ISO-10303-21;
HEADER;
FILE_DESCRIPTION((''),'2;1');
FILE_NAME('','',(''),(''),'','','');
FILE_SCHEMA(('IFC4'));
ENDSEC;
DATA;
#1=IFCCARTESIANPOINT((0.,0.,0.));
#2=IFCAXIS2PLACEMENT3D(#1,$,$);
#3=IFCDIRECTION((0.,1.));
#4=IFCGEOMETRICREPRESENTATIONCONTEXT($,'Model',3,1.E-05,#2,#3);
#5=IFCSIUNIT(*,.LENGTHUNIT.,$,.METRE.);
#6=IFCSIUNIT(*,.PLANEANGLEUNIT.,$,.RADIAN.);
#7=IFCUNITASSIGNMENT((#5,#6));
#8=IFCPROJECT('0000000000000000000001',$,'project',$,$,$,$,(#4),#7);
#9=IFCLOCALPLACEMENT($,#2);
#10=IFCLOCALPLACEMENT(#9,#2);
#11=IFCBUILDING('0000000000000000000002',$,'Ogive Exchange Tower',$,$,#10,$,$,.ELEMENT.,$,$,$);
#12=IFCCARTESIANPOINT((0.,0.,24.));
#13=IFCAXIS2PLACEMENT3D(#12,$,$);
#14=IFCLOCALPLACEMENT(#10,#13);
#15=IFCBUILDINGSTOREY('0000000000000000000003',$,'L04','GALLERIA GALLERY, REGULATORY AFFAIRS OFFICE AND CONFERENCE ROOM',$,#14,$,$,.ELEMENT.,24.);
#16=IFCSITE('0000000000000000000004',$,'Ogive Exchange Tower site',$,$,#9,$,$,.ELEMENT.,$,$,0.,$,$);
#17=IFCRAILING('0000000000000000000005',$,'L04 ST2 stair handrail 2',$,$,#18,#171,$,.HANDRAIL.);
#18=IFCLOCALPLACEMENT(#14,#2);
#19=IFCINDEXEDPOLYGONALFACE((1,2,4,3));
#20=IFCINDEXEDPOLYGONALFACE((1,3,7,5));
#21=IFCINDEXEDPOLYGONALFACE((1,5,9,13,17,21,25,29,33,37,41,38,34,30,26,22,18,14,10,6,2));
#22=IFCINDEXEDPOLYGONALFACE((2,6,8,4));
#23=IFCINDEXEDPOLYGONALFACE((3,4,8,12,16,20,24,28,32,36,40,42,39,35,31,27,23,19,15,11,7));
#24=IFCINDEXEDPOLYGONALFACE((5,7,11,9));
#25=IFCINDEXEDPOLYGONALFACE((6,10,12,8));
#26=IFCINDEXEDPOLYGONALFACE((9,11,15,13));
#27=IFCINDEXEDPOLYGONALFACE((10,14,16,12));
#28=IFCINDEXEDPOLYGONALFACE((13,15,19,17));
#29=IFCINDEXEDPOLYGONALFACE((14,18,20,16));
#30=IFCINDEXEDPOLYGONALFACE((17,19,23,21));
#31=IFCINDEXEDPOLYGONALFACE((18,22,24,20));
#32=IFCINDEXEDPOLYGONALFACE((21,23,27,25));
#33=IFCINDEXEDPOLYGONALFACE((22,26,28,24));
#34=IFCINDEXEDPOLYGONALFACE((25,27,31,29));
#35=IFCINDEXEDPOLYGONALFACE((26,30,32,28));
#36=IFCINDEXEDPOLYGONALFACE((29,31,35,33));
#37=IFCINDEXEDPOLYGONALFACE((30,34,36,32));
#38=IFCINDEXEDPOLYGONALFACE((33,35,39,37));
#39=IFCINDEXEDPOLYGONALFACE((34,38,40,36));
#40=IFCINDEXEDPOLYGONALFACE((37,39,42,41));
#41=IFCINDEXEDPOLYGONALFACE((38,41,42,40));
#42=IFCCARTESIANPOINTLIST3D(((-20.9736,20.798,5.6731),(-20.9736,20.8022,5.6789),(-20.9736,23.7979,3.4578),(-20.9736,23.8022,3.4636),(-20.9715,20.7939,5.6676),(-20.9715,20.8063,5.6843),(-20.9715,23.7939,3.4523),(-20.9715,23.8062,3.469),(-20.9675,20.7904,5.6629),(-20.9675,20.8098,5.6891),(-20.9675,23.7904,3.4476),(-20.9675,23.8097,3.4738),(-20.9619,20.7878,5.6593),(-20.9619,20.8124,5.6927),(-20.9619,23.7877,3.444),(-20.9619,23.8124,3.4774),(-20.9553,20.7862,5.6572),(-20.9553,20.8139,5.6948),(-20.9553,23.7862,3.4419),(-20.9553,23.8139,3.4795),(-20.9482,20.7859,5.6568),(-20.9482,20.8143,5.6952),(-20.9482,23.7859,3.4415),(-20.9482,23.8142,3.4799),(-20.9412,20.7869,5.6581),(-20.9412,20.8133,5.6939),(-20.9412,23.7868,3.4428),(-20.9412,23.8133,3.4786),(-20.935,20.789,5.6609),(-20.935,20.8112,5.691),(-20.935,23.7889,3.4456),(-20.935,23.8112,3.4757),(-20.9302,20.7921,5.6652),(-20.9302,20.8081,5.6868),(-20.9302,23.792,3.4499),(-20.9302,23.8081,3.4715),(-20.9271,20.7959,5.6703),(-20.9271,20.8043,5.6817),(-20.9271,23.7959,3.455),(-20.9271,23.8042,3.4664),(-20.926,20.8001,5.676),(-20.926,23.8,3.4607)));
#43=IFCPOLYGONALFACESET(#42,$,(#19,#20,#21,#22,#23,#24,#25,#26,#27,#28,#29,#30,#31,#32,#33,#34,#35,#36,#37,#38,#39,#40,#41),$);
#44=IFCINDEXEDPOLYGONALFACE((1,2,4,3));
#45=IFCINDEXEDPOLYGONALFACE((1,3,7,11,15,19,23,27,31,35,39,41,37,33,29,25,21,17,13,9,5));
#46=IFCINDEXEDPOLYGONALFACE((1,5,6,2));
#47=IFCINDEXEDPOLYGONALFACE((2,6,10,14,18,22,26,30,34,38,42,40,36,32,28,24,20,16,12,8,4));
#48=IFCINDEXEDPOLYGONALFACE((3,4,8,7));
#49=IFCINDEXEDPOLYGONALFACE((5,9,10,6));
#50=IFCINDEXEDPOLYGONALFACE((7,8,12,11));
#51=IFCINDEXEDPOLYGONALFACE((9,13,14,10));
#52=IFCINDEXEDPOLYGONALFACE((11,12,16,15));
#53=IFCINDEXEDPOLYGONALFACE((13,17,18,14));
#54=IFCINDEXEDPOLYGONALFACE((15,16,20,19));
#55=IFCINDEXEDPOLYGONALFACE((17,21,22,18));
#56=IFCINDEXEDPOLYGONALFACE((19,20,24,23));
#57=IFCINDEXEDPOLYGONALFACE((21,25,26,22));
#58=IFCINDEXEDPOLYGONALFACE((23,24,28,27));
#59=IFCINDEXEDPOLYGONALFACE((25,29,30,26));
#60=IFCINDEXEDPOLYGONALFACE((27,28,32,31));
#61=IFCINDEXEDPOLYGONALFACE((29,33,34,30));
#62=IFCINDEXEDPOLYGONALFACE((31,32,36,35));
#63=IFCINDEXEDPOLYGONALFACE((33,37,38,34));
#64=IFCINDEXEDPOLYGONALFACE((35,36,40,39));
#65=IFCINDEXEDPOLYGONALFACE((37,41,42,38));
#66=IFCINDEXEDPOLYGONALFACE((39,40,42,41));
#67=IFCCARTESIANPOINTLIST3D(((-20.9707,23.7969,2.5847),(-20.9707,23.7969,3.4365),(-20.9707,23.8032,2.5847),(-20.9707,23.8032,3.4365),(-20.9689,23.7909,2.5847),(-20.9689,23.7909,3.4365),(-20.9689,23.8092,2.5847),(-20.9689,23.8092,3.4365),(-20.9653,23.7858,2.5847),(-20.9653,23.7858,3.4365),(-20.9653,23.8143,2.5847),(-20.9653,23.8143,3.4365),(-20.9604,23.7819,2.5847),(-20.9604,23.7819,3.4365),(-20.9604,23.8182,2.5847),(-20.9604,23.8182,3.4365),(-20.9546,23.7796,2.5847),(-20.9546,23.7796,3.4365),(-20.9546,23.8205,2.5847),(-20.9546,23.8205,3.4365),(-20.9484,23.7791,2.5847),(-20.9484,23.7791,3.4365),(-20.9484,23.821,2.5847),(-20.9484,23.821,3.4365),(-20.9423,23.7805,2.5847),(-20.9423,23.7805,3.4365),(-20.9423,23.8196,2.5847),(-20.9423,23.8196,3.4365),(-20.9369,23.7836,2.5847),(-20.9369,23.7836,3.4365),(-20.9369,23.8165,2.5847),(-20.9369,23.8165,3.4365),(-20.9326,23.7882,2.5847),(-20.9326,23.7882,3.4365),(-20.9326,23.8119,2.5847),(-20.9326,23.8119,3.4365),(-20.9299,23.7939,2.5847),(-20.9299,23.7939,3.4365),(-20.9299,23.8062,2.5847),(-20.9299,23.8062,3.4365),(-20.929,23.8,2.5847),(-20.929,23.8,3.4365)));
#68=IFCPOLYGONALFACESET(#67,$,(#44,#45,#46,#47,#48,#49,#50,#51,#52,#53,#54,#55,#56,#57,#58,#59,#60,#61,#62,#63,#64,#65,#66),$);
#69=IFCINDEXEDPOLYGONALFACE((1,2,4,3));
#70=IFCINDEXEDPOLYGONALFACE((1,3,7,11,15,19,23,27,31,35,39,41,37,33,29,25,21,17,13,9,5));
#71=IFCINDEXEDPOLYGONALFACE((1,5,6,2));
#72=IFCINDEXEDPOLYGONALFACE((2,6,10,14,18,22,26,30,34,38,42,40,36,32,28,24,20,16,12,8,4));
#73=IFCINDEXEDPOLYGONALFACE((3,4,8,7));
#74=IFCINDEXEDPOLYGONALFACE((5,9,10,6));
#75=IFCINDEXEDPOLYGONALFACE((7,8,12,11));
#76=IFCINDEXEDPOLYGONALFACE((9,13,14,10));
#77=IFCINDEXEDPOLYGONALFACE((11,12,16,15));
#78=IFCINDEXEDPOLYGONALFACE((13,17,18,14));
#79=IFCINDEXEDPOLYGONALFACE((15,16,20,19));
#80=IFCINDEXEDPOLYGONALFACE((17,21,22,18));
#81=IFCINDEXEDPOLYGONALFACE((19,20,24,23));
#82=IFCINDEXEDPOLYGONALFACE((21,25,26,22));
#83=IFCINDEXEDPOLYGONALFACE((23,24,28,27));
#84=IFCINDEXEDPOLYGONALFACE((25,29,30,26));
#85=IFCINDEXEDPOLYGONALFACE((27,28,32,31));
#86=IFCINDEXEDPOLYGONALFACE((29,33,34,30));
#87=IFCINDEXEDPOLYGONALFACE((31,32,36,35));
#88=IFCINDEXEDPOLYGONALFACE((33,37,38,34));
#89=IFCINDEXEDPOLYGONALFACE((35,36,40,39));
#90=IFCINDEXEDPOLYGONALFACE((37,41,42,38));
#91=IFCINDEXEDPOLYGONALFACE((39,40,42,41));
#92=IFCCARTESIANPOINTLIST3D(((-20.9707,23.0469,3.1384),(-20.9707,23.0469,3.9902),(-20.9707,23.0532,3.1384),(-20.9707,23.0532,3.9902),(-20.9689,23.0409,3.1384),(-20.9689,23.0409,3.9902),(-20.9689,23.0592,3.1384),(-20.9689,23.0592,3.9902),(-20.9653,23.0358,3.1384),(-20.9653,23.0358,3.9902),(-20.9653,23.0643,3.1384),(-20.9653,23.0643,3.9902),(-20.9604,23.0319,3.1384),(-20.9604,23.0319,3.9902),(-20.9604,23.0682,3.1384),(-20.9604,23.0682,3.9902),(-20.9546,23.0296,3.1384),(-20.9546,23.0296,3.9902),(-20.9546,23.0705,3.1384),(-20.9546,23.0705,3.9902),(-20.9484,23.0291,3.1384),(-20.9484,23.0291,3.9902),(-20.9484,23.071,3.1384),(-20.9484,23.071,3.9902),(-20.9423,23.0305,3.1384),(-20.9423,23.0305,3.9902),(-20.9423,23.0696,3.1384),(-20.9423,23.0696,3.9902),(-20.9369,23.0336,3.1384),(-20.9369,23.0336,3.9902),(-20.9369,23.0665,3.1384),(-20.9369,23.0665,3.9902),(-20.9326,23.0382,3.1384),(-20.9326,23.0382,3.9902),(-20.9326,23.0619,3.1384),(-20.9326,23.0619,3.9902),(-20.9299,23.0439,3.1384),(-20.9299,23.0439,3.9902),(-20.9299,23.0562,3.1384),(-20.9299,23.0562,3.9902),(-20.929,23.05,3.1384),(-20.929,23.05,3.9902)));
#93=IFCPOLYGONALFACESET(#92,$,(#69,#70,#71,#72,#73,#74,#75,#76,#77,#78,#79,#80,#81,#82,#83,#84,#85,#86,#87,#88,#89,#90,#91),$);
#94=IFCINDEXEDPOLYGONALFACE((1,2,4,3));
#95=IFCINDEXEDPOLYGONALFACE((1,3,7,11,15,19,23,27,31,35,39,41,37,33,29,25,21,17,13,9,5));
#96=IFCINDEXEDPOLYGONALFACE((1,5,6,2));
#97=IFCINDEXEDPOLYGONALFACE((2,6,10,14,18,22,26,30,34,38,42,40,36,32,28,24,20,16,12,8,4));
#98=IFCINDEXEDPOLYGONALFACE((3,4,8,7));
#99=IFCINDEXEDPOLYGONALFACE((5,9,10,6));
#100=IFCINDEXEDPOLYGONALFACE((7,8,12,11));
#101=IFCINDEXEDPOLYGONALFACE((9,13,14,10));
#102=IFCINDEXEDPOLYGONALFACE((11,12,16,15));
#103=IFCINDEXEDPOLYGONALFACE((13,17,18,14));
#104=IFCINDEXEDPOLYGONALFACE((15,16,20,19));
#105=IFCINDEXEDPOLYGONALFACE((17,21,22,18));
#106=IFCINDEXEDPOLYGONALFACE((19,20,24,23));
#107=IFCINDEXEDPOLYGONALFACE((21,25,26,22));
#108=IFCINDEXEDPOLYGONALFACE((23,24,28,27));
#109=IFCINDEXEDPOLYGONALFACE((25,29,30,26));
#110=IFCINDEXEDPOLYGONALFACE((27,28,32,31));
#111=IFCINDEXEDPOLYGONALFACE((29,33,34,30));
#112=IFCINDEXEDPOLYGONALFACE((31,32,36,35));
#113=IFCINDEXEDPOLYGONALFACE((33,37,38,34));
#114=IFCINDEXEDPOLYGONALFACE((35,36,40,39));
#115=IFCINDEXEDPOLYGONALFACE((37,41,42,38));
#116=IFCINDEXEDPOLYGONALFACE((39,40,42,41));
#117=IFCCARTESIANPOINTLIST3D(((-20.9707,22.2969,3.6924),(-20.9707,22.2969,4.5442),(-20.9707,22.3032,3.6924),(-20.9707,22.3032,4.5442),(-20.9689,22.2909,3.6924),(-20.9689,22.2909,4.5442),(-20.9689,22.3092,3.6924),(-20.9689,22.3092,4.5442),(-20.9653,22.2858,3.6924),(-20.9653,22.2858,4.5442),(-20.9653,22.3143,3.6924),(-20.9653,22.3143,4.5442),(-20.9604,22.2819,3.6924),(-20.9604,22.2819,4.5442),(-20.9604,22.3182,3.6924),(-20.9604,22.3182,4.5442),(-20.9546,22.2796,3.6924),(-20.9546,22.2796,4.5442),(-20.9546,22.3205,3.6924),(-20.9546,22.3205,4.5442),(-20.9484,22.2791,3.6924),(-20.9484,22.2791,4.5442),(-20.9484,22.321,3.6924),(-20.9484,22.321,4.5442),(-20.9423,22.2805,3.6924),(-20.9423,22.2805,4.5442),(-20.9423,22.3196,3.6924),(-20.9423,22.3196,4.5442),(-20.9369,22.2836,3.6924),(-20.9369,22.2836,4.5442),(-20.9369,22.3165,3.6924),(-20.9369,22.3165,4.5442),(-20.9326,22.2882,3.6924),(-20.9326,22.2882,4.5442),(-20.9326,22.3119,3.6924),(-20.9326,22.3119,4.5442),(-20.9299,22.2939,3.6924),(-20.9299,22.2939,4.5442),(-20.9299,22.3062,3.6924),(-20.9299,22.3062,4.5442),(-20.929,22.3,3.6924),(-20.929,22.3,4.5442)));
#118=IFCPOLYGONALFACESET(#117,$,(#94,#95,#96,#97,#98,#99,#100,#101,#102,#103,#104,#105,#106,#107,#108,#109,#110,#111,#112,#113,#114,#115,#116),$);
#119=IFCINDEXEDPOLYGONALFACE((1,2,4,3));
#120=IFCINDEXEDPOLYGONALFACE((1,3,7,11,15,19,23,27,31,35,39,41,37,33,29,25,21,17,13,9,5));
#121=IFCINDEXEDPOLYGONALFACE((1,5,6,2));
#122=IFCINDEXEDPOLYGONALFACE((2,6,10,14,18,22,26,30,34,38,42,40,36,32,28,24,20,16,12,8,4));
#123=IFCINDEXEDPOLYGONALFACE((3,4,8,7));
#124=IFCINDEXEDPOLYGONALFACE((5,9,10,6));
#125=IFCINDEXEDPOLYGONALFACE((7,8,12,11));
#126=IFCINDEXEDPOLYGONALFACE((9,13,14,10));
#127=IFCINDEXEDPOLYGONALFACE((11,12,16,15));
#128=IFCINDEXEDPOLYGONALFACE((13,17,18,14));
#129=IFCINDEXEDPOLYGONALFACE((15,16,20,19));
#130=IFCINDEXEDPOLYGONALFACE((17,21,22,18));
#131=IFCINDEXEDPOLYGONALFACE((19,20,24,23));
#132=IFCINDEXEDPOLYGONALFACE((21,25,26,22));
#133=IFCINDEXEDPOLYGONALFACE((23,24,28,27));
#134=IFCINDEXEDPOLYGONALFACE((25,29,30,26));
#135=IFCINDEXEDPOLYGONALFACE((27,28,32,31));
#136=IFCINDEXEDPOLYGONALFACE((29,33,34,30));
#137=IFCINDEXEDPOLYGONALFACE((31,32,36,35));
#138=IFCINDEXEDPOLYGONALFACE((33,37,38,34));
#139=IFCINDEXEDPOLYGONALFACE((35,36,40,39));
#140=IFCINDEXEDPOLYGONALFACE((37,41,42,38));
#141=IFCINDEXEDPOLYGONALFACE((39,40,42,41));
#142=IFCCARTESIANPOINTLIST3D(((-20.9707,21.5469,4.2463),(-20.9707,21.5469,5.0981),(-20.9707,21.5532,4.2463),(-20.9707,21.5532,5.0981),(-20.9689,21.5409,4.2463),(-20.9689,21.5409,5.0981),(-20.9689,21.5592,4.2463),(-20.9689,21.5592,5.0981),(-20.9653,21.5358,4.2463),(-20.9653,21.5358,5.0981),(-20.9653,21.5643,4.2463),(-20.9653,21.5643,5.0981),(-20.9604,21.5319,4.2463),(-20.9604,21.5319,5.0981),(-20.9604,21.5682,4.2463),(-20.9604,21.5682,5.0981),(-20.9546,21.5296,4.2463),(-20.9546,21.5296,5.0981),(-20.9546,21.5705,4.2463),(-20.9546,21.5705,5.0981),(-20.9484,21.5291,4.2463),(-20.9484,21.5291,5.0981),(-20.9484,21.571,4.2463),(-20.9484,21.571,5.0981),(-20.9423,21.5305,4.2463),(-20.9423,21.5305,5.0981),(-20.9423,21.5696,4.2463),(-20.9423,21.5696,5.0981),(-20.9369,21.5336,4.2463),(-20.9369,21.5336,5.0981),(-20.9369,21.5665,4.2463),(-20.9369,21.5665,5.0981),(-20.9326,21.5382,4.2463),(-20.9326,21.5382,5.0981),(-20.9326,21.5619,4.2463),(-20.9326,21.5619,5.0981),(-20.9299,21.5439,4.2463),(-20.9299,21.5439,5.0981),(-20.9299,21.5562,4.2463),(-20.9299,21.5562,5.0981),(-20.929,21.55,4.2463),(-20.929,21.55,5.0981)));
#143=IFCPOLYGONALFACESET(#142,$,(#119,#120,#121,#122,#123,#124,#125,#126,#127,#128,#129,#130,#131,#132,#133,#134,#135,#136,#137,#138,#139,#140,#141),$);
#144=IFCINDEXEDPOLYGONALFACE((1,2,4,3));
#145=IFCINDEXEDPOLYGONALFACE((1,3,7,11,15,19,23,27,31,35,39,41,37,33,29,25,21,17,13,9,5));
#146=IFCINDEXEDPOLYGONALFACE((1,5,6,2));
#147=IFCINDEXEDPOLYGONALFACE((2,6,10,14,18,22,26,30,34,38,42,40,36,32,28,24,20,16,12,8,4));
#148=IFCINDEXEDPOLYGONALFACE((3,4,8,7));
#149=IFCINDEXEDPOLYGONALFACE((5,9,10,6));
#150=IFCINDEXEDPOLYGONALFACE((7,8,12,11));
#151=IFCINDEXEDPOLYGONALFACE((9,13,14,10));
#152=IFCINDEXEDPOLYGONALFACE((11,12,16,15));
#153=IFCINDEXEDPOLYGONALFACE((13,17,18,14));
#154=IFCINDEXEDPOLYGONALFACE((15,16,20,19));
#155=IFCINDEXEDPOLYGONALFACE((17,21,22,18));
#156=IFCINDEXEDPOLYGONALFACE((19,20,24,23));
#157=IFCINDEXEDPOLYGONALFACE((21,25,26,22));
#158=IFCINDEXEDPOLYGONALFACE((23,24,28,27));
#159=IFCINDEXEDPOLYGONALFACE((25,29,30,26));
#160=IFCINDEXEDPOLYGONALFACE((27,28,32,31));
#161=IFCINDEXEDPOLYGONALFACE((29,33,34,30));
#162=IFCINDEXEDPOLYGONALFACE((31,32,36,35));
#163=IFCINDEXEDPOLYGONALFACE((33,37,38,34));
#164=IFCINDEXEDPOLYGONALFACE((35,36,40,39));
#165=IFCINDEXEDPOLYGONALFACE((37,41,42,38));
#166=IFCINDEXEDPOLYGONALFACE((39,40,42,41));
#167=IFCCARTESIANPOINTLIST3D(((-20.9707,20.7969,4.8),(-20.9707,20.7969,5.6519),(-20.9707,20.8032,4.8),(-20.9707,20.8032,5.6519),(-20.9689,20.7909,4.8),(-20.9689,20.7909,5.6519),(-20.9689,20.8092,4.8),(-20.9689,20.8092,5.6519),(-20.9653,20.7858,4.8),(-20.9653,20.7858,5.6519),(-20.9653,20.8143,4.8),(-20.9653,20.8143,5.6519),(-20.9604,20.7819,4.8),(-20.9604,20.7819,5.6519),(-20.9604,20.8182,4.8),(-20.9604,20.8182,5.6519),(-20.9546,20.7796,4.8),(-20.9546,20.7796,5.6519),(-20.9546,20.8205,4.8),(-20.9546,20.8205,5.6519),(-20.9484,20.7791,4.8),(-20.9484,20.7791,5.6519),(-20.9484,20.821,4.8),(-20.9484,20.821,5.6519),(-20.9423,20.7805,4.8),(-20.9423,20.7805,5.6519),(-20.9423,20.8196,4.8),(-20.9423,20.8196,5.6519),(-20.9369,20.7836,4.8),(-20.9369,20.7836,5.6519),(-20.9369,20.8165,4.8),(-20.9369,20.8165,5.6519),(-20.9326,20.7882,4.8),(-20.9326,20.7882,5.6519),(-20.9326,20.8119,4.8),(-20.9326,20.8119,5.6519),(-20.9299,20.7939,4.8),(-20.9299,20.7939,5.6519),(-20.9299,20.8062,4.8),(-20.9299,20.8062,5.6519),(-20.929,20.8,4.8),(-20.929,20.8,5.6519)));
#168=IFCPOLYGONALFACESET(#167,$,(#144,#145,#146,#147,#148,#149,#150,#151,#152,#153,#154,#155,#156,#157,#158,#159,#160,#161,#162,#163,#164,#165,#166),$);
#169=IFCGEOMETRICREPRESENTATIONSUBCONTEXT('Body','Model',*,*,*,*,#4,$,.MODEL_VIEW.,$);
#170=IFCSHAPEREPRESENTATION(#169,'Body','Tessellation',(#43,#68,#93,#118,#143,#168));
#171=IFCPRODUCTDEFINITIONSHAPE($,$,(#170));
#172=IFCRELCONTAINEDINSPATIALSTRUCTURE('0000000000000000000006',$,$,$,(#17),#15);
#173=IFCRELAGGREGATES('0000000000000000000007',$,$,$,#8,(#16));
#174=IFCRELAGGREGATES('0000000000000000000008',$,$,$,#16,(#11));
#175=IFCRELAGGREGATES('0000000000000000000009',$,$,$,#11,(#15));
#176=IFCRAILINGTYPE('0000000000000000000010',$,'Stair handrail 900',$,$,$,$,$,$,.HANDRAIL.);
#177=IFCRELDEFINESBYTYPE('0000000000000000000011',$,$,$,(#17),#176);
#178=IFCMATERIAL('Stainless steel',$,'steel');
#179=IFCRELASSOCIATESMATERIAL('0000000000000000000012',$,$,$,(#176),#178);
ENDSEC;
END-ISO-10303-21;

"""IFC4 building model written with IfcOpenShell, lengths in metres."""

from ifc_helpers import new_model, si_unit, direction, frame, origin, origin_2d, place, context, subcontext, project, spatial, circle, extrude, material, type_object, element, save


model = new_model("IFC4")

# Units and contexts
model_context = context("Model", 3, precision=1e-05, world=origin(), true_north=direction((0.0, 1.0)))
body_context = subcontext(model_context, "Body", "Model", "MODEL_VIEW")
ifc_project = project(units=[si_unit("LENGTHUNIT", "METRE"), si_unit("PLANEANGLEUNIT", "RADIAN")], contexts=[model_context])

# Site, building, storey
site_placement = place(None, origin())
site = spatial("IfcSite", under=ifc_project, at=site_placement, Name="Ogive Exchange Tower site", CompositionType="ELEMENT", RefElevation=0.0)
building_placement = place(site_placement, origin())
building = spatial("IfcBuilding", under=site, at=building_placement, Name="Ogive Exchange Tower", CompositionType="ELEMENT")
storey_placement = place(building_placement, frame((0.0, 0.0, 24.0)))
storey = spatial("IfcBuildingStorey", under=building, at=storey_placement, Name="L04", Description="GALLERIA GALLERY, REGULATORY AFFAIRS OFFICE AND CONFERENCE ROOM", CompositionType="ELEMENT", Elevation=24.0)

# Railing
ifc_material_1 = material(Name="Stainless steel", Category="steel")
railing_type = type_object("IfcRailingType", Name="Stair handrail 900", PredefinedType="HANDRAIL", material=ifc_material_1)
railing_placement = place(storey_placement, frame((-20.95, 23.8, 2.5847)))
element("IfcRailing", 1, at=railing_placement, inside=storey, type_object=railing_type, Name="L04 ST2 stair handrail 2", PredefinedType="HANDRAIL", context=body_context, shape_type="SweptSolid", body=[
    extrude(circle(Radius=0.0239, at=origin_2d()), frame((0.0, 0.0, 0.876), z_axis=(0.0, -0.80444, 0.594034), x_axis=(1.0, 0.0, 0.0)), (0.0, 0.0, 1.0), 3.7292),
    extrude(circle(Radius=0.021, at=origin_2d()), origin(), (0.0, 0.0, 1.0), 0.8518),
    extrude(circle(Radius=0.021, at=origin_2d()), frame((0.0, -0.75, 0.5537)), (0.0, 0.0, 1.0), 0.8518),
    extrude(circle(Radius=0.021, at=origin_2d()), frame((0.0, -1.5, 1.1077)), (0.0, 0.0, 1.0), 0.8518),
    extrude(circle(Radius=0.021, at=origin_2d()), frame((0.0, -2.25, 1.6616)), (0.0, 0.0, 1.0), 0.8518),
    extrude(circle(Radius=0.021, at=origin_2d()), frame((0.0, -3.0, 2.2153)), (0.0, 0.0, 1.0), 0.8518),
])

save(model, "model.ifc")
